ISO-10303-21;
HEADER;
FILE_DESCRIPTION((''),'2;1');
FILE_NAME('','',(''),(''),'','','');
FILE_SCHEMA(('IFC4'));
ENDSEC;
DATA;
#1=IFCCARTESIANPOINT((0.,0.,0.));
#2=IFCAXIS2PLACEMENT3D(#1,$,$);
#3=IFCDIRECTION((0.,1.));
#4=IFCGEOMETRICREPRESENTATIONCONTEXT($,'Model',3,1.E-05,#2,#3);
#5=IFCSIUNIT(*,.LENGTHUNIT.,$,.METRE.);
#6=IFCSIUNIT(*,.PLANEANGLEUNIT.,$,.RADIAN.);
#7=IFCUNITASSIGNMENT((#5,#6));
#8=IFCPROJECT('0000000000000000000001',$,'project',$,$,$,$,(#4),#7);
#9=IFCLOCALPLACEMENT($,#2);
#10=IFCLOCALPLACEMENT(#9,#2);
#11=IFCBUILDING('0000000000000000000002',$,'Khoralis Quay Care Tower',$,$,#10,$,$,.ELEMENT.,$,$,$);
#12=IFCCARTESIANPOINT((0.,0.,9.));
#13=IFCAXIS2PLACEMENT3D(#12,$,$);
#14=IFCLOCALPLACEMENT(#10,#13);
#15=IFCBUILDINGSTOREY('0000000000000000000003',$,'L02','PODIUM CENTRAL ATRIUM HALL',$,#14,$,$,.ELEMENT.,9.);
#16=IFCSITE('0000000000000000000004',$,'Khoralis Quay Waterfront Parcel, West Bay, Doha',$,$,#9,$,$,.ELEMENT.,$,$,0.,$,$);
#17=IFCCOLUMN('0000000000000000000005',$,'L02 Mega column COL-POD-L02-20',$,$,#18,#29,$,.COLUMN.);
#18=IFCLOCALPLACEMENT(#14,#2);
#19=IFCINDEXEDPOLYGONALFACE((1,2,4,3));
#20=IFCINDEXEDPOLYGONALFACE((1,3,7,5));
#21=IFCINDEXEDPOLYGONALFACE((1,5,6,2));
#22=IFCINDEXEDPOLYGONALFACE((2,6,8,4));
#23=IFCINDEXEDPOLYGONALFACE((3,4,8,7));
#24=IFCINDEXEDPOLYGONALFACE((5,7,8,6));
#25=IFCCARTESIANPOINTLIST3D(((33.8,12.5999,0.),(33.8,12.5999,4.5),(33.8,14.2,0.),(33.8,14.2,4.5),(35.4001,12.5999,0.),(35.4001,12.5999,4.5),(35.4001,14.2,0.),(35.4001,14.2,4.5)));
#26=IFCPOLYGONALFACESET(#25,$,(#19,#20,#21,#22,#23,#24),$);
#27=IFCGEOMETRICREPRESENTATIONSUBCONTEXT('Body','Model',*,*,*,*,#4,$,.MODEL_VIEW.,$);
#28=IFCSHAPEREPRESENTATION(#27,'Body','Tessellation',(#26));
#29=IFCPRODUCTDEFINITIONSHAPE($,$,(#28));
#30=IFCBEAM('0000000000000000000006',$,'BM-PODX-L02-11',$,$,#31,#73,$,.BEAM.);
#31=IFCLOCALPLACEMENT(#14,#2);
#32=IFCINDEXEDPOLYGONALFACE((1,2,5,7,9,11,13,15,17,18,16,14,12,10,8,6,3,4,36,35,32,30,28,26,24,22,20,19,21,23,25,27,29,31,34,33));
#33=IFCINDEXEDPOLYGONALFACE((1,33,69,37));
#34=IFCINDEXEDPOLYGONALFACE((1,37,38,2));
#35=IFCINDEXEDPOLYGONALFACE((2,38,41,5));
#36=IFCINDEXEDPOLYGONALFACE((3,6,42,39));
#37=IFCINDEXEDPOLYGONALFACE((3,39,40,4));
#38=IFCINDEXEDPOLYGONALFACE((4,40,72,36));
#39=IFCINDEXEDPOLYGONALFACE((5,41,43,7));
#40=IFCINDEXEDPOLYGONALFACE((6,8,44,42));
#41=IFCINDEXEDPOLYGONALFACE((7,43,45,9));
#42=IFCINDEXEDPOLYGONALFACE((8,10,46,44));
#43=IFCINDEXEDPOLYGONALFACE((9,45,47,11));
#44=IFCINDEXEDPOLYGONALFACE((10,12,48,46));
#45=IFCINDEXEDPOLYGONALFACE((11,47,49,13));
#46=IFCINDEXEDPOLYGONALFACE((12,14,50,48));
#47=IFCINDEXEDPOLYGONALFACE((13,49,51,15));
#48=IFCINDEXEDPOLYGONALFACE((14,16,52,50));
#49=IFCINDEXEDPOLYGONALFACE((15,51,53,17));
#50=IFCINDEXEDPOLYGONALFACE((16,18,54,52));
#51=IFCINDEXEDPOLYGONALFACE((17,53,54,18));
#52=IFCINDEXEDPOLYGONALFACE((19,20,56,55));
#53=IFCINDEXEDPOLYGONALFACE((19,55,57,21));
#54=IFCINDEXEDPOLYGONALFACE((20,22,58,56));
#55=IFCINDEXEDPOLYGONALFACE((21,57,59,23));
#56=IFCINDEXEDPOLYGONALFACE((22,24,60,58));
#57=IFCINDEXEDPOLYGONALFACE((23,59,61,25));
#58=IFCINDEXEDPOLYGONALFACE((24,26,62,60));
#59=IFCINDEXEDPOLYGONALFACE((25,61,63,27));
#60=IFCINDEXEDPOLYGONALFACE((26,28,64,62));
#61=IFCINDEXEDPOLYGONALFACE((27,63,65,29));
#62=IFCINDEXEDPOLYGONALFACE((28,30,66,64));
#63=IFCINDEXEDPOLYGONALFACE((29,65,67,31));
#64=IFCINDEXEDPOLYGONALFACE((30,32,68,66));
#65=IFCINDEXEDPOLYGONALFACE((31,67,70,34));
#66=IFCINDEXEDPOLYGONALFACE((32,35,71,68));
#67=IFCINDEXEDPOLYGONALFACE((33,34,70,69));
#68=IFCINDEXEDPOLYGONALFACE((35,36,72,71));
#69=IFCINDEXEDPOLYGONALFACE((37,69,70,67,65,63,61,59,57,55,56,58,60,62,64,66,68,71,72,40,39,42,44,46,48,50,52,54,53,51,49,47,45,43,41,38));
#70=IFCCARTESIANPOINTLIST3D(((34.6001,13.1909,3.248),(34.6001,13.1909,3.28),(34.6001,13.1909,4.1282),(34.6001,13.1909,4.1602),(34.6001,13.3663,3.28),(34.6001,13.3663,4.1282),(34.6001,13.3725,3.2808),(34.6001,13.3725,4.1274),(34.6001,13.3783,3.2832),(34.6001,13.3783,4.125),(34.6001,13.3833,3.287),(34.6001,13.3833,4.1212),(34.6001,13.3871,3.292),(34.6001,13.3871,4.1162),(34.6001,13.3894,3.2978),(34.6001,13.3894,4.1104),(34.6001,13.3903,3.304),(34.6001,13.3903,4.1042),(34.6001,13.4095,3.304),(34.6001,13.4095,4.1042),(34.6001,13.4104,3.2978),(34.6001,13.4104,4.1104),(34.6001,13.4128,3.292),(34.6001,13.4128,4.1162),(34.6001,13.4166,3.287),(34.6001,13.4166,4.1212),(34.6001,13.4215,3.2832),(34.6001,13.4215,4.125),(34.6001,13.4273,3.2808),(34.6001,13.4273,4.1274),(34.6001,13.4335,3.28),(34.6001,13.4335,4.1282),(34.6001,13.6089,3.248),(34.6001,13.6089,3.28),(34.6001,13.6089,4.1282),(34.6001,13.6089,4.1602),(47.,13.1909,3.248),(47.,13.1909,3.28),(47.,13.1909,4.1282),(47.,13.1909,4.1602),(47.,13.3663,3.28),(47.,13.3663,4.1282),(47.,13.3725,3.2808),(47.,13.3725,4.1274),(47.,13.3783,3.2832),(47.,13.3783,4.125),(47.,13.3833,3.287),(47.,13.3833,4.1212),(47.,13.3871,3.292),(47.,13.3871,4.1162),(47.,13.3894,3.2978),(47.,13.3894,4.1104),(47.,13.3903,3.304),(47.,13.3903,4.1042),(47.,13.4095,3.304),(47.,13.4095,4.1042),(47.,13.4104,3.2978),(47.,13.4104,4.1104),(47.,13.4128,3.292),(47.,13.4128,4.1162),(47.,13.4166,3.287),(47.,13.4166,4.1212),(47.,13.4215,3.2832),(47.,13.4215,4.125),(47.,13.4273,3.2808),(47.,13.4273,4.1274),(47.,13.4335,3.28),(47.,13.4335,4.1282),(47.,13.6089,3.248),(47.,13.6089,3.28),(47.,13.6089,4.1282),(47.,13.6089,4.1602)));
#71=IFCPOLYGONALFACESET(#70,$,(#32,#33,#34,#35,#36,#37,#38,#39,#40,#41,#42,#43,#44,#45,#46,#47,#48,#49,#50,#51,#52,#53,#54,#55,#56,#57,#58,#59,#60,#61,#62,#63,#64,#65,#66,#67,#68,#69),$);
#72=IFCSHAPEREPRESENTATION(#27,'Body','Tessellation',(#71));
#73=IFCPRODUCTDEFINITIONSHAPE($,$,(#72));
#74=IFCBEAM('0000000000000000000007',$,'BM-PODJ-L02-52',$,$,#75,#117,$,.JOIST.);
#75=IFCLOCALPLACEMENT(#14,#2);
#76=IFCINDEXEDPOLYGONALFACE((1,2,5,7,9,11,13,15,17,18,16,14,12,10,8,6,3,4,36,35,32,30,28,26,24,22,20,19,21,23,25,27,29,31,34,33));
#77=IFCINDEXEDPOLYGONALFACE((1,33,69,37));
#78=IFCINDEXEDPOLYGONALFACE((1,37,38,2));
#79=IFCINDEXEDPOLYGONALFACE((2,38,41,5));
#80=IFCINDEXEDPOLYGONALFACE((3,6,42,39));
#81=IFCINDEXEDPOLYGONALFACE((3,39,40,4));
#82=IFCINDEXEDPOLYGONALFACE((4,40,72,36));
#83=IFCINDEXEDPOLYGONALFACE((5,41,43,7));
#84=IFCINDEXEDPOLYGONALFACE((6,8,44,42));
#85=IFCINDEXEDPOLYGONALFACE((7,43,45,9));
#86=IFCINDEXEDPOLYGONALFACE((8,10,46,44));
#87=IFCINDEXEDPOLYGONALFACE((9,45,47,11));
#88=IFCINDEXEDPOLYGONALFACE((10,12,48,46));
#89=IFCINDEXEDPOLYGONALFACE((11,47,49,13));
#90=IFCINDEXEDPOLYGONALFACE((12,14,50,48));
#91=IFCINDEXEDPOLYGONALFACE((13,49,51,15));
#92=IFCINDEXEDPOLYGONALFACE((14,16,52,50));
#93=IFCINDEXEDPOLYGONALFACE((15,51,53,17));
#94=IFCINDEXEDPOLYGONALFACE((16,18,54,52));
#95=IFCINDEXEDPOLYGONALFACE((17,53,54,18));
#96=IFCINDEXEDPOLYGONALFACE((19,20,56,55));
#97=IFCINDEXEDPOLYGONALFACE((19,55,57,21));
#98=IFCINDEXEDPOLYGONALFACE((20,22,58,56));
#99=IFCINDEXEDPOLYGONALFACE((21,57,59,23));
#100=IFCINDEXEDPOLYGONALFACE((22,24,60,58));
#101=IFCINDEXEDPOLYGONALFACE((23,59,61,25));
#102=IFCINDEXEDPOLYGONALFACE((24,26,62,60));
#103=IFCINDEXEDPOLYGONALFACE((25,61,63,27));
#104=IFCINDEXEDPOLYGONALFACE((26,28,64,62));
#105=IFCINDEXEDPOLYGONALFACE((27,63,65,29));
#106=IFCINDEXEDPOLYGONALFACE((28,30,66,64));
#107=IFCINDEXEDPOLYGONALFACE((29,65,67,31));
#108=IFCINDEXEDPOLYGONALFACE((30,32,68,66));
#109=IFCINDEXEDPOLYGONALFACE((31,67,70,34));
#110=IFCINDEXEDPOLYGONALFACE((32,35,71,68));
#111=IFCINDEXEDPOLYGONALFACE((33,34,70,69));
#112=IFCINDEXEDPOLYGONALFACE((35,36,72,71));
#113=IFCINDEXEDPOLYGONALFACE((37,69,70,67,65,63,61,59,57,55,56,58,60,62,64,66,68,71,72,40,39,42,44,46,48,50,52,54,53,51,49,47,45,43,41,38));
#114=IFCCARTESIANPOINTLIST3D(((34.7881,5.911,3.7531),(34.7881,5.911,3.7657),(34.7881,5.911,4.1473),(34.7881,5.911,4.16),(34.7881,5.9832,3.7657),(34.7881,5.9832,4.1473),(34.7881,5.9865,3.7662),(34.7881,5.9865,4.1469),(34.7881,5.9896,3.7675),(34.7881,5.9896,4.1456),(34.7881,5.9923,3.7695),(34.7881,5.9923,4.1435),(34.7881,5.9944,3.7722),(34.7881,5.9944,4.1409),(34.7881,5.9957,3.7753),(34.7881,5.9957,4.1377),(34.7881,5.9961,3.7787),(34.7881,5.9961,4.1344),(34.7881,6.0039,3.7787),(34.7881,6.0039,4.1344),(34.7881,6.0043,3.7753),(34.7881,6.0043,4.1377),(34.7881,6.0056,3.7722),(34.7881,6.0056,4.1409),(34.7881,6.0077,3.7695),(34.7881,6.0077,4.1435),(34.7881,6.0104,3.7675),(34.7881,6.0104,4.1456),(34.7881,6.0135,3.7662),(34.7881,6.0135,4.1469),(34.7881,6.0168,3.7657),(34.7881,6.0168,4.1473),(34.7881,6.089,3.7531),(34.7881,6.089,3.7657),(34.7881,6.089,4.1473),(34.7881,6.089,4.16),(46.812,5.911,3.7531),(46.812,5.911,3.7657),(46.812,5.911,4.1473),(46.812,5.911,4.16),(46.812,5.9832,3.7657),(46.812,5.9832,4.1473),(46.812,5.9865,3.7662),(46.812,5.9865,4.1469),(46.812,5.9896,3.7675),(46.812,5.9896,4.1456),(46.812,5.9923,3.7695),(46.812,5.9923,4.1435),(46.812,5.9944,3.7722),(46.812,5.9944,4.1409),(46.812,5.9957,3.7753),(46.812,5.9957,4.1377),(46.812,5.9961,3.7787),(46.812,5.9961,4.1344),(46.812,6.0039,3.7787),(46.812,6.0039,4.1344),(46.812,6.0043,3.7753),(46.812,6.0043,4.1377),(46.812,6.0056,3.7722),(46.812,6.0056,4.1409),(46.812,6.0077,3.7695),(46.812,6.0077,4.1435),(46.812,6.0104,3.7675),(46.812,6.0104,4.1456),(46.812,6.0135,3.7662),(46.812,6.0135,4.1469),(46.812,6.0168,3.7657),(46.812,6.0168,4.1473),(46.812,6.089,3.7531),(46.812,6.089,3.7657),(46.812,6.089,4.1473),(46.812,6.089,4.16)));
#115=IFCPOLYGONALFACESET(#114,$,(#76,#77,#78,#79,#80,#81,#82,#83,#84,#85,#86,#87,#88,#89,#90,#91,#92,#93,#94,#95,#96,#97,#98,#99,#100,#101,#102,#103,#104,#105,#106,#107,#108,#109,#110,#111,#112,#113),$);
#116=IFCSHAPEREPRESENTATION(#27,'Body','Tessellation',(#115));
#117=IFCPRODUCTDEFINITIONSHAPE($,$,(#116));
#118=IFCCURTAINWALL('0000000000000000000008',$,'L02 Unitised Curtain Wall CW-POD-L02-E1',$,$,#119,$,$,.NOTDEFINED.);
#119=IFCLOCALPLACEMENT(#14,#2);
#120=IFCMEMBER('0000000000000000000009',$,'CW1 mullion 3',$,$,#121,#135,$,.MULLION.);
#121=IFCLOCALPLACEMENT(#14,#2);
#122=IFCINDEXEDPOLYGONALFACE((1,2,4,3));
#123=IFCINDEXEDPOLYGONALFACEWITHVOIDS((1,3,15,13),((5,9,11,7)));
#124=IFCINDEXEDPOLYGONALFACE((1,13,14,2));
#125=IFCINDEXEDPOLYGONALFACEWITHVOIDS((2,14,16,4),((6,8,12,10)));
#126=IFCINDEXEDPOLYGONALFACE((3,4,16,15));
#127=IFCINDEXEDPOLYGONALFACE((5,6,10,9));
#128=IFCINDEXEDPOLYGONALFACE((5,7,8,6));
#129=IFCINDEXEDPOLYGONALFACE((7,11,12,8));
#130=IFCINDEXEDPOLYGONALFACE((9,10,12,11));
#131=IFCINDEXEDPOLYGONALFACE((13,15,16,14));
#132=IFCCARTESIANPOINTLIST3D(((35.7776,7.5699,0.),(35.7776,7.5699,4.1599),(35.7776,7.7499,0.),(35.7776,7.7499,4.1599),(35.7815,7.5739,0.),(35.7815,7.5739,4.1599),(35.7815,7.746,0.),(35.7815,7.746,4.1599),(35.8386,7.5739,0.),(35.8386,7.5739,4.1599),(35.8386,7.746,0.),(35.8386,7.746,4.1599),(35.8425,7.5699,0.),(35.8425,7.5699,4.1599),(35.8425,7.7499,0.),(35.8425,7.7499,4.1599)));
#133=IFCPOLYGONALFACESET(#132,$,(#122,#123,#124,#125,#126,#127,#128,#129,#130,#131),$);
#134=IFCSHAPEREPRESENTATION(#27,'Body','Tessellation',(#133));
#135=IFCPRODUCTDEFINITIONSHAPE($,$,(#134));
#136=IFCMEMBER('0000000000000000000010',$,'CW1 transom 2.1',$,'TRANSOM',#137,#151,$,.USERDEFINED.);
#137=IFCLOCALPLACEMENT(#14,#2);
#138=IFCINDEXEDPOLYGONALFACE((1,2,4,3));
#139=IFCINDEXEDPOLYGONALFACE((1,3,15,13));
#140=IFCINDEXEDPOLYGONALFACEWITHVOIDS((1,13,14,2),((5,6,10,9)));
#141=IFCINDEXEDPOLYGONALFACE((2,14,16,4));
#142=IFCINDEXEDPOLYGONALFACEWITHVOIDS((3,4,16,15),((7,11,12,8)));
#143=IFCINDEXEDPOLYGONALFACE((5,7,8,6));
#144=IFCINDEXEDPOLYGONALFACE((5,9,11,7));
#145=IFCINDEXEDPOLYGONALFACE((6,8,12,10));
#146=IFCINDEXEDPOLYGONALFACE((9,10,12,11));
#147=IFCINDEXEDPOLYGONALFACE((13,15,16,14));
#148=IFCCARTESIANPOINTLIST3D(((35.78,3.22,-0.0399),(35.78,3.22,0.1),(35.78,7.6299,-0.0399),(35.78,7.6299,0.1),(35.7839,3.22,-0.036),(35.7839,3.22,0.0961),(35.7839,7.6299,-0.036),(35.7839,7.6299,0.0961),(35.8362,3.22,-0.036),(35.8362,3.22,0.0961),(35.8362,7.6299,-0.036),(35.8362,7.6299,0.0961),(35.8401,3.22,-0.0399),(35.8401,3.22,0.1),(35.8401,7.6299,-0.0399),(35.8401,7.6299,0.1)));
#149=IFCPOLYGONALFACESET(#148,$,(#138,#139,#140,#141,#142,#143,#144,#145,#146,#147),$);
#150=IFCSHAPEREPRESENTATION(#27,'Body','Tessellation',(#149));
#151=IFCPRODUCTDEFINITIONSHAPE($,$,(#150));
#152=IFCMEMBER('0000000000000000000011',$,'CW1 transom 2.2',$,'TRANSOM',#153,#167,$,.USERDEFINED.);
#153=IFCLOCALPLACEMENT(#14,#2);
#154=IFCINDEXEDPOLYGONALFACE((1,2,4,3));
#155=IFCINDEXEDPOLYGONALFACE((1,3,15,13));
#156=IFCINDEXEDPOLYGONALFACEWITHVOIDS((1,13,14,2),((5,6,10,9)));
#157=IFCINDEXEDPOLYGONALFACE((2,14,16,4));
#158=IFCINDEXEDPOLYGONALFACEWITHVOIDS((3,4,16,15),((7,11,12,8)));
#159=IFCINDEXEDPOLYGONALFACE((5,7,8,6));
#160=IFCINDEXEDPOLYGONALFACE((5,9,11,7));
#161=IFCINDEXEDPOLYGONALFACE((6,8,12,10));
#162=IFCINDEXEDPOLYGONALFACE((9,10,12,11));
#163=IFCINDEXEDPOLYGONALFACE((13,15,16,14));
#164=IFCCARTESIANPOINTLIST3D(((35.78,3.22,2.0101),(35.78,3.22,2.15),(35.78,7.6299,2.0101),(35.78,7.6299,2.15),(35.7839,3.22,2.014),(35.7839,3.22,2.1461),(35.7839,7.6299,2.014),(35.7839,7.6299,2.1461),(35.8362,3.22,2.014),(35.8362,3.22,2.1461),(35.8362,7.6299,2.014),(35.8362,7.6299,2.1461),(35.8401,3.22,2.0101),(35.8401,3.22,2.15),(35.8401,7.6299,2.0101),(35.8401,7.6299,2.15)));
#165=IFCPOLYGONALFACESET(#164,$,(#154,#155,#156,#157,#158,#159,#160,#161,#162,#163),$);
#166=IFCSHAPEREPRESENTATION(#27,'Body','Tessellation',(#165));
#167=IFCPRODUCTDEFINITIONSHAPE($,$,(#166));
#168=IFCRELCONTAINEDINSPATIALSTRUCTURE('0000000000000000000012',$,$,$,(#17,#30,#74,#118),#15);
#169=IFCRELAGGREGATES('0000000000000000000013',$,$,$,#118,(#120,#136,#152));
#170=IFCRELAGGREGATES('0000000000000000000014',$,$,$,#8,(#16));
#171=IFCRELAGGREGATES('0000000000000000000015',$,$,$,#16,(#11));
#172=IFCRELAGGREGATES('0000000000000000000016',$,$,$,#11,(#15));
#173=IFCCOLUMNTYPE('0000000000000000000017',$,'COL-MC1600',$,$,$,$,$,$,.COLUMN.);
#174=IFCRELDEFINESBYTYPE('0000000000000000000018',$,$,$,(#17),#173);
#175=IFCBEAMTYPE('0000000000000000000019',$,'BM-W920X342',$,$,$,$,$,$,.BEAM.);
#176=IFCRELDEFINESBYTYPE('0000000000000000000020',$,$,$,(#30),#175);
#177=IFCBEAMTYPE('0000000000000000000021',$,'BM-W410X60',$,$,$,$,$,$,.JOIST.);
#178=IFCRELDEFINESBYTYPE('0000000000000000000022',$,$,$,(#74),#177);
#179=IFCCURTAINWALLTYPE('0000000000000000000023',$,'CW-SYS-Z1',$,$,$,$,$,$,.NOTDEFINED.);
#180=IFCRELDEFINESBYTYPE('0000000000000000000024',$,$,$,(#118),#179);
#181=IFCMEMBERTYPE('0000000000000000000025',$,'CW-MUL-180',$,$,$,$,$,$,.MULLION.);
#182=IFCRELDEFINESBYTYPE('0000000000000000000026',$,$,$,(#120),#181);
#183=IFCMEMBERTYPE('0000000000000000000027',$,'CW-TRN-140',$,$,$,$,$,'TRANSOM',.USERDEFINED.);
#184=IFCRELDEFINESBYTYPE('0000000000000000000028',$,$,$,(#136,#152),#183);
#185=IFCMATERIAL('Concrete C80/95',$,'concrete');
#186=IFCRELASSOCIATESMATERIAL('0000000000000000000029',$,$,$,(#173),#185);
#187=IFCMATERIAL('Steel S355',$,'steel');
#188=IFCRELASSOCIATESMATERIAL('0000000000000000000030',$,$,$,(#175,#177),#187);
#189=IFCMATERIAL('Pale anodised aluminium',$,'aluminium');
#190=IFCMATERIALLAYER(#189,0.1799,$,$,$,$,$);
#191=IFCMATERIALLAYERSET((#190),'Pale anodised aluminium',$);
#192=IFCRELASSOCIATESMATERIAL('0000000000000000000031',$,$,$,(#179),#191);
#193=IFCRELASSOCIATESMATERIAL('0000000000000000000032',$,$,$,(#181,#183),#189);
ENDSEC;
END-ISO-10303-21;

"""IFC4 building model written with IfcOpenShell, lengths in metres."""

from ifc_helpers import new_model, si_unit, direction, frame, origin, origin_2d, place, context, subcontext, project, spatial, rectangle, hollow_rectangle, i_section, extrude, source, transform, mapped, material, layer, layer_set, material_profile, profile_set, type_object, element, aggregate, save


model = new_model("IFC4")

# Units and contexts
model_context = context("Model", 3, precision=1e-05, world=origin(), true_north=direction((0.0, 1.0)))
body_context = subcontext(model_context, "Body", "Model", "MODEL_VIEW")
ifc_project = project(units=[si_unit("LENGTHUNIT", "METRE"), si_unit("PLANEANGLEUNIT", "RADIAN")], contexts=[model_context])

# Site, building, storey
site_placement = place(None, origin())
site = spatial("IfcSite", under=ifc_project, at=site_placement, Name="Khoralis Quay Waterfront Parcel, West Bay, Doha", CompositionType="ELEMENT", RefElevation=0.0)
building_placement = place(site_placement, origin())
building = spatial("IfcBuilding", under=site, at=building_placement, Name="Khoralis Quay Care Tower", CompositionType="ELEMENT")
storey_placement = place(building_placement, frame((0.0, 0.0, 9.0)))
storey = spatial("IfcBuildingStorey", under=building, at=storey_placement, Name="L02", Description="PODIUM CENTRAL ATRIUM HALL", CompositionType="ELEMENT", Elevation=9.0)

# Column
ifc_material_1 = material(Name="Concrete C80/95", Category="concrete")
ifc_material_profile_1 = material_profile(ifc_material_1, rectangle(XDim=1.6001, YDim=1.6001, at=origin_2d()), Name="Concrete C80/95")
ifc_profile_set_1 = profile_set([ifc_material_profile_1], Name="Concrete C80/95")
column_type = type_object("IfcColumnType", Name="COL-MC1600", PredefinedType="COLUMN", material=ifc_profile_set_1)
shared_shape_1 = source(origin(), body_context, "Body", "SweptSolid", [
    extrude(rectangle(XDim=1.6001, YDim=1.6001, at=origin_2d()), origin(), (0.0, 0.0, 1.0), 4.5),
])
column_placement = place(storey_placement, frame((34.6001, 13.3999, 0.0), z_axis=(0.0, 0.0, 1.0), x_axis=(1.0, 0.0, 0.0)))
element("IfcColumn", 1, at=column_placement, inside=storey, type_object=column_type, Name="L02 Mega column COL-POD-L02-20", PredefinedType="COLUMN", context=body_context, shape_type="MappedRepresentation", body=[
    mapped(shared_shape_1, transform((0.0, 0.0, 0.0), scale=1.0)),
])

# Beams
ifc_material_2 = material(Name="Steel S355", Category="steel")
ifc_material_profile_2 = material_profile(ifc_material_2, i_section(OverallWidth=0.418, OverallDepth=0.9121, WebThickness=0.0193, FlangeThickness=0.032, FilletRadius=0.0239, at=origin_2d()), Name="Steel S355")
ifc_profile_set_2 = profile_set([ifc_material_profile_2], Name="Steel S355")
beam_type_1 = type_object("IfcBeamType", Name="BM-W920X342", PredefinedType="BEAM", material=ifc_profile_set_2)
shared_shape_2 = source(origin(), body_context, "Body", "SweptSolid", [
    extrude(i_section(OverallWidth=0.418, OverallDepth=0.9121, WebThickness=0.0193, FlangeThickness=0.032, FilletRadius=0.0239, at=origin_2d()), origin(), (0.0, 0.0, 1.0), 12.3999),
])
beam_1_placement = place(storey_placement, frame((34.6001, 13.3999, 3.7041), z_axis=(1.0, 0.0, 0.0), x_axis=(0.0, 1.0, 0.0)))
element("IfcBeam", 2, at=beam_1_placement, inside=storey, type_object=beam_type_1, Name="BM-PODX-L02-11", PredefinedType="BEAM", context=body_context, shape_type="MappedRepresentation", body=[
    mapped(shared_shape_2, transform((0.0, 0.0, 0.0), scale=1.0)),
])
ifc_material_profile_3 = material_profile(ifc_material_2, i_section(OverallWidth=0.178, OverallDepth=0.407, WebThickness=0.0078, FlangeThickness=0.0127, FilletRadius=0.0129, at=origin_2d()), Name="Steel S355")
ifc_profile_set_3 = profile_set([ifc_material_profile_3], Name="Steel S355")
beam_type_2 = type_object("IfcBeamType", Name="BM-W410X60", PredefinedType="JOIST", material=ifc_profile_set_3)
shared_shape_3 = source(origin(), body_context, "Body", "SweptSolid", [
    extrude(i_section(OverallWidth=0.178, OverallDepth=0.407, WebThickness=0.0078, FlangeThickness=0.0127, FilletRadius=0.0129, at=origin_2d()), origin(), (0.0, 0.0, 1.0), 12.0239),
])
beam_2_placement = place(storey_placement, frame((34.7881, 6.0, 3.9565), z_axis=(1.0, 0.0, 0.0), x_axis=(0.0, 1.0, 0.0)))
element("IfcBeam", 3, at=beam_2_placement, inside=storey, type_object=beam_type_2, Name="BM-PODJ-L02-52", PredefinedType="JOIST", context=body_context, shape_type="MappedRepresentation", body=[
    mapped(shared_shape_3, transform((0.0, 0.0, 0.0), scale=1.0)),
])

# Curtain wall, members
ifc_material_3 = material(Name="Pale anodised aluminium", Category="aluminium")
ifc_layer_1 = layer(ifc_material_3, 0.1799)
ifc_layer_set_1 = layer_set([ifc_layer_1], Name="Pale anodised aluminium")
curtain_wall_type = type_object("IfcCurtainWallType", Name="CW-SYS-Z1", PredefinedType="NOTDEFINED", material=ifc_layer_set_1)
curtain_wall_placement = place(storey_placement, origin())
curtain_wall = element("IfcCurtainWall", 4, at=curtain_wall_placement, inside=storey, type_object=curtain_wall_type, Name="L02 Unitised Curtain Wall CW-POD-L02-E1", PredefinedType="NOTDEFINED")
ifc_material_profile_4 = material_profile(ifc_material_3, hollow_rectangle(XDim=0.0649, YDim=0.1799, WallThickness=0.0039, at=origin_2d()), Name="Pale anodised aluminium")
ifc_profile_set_4 = profile_set([ifc_material_profile_4], Name="Pale anodised aluminium")
member_type_1 = type_object("IfcMemberType", Name="CW-MUL-180", PredefinedType="MULLION", material=ifc_profile_set_4)
shared_shape_4 = source(origin(), body_context, "Body", "SweptSolid", [
    extrude(hollow_rectangle(XDim=0.0649, YDim=0.1799, WallThickness=0.0039, at=origin_2d()), origin(), (0.0, 0.0, 1.0), 4.1599),
])
member_1_placement = place(storey_placement, frame((35.8101, 7.6599, 0.0), z_axis=(0.0, 0.0, 1.0), x_axis=(-1.0, 0.0, 0.0)))
member_1 = element("IfcMember", 5, at=member_1_placement, type_object=member_type_1, Name="CW1 mullion 3", PredefinedType="MULLION", context=body_context, shape_type="MappedRepresentation", body=[
    mapped(shared_shape_4, transform((0.0, 0.0, 0.0), scale=1.0)),
])
ifc_material_profile_5 = material_profile(ifc_material_3, hollow_rectangle(XDim=0.0601, YDim=0.1399, WallThickness=0.0039, at=origin_2d()), Name="Pale anodised aluminium")
ifc_profile_set_5 = profile_set([ifc_material_profile_5], Name="Pale anodised aluminium")
member_type_2 = type_object("IfcMemberType", Name="CW-TRN-140", ElementType="TRANSOM", PredefinedType="USERDEFINED", material=ifc_profile_set_5)
shared_shape_5 = source(origin(), body_context, "Body", "SweptSolid", [
    extrude(hollow_rectangle(XDim=0.0601, YDim=0.1399, WallThickness=0.0039, at=origin_2d()), origin(), (0.0, 0.0, 1.0), 4.4099),
])
member_2_placement = place(storey_placement, frame((35.8101, 3.22, 0.03), z_axis=(0.0, 1.0, 0.0), x_axis=(-1.0, 0.0, 0.0)))
member_2 = element("IfcMember", 6, at=member_2_placement, type_object=member_type_2, Name="CW1 transom 2.1", ObjectType="TRANSOM", PredefinedType="USERDEFINED", context=body_context, shape_type="MappedRepresentation", body=[
    mapped(shared_shape_5, transform((0.0, 0.0, 0.0), scale=1.0)),
])
member_3_placement = place(storey_placement, frame((35.8101, 3.22, 2.0801), z_axis=(0.0, 1.0, 0.0), x_axis=(-1.0, 0.0, 0.0)))
member_3 = element("IfcMember", 7, at=member_3_placement, type_object=member_type_2, Name="CW1 transom 2.2", ObjectType="TRANSOM", PredefinedType="USERDEFINED", context=body_context, shape_type="MappedRepresentation", body=[
    mapped(shared_shape_5, transform((0.0, 0.0, 0.0), scale=1.0)),
])
aggregate(curtain_wall, [member_1, member_2, member_3])

save(model, "model.ifc")
